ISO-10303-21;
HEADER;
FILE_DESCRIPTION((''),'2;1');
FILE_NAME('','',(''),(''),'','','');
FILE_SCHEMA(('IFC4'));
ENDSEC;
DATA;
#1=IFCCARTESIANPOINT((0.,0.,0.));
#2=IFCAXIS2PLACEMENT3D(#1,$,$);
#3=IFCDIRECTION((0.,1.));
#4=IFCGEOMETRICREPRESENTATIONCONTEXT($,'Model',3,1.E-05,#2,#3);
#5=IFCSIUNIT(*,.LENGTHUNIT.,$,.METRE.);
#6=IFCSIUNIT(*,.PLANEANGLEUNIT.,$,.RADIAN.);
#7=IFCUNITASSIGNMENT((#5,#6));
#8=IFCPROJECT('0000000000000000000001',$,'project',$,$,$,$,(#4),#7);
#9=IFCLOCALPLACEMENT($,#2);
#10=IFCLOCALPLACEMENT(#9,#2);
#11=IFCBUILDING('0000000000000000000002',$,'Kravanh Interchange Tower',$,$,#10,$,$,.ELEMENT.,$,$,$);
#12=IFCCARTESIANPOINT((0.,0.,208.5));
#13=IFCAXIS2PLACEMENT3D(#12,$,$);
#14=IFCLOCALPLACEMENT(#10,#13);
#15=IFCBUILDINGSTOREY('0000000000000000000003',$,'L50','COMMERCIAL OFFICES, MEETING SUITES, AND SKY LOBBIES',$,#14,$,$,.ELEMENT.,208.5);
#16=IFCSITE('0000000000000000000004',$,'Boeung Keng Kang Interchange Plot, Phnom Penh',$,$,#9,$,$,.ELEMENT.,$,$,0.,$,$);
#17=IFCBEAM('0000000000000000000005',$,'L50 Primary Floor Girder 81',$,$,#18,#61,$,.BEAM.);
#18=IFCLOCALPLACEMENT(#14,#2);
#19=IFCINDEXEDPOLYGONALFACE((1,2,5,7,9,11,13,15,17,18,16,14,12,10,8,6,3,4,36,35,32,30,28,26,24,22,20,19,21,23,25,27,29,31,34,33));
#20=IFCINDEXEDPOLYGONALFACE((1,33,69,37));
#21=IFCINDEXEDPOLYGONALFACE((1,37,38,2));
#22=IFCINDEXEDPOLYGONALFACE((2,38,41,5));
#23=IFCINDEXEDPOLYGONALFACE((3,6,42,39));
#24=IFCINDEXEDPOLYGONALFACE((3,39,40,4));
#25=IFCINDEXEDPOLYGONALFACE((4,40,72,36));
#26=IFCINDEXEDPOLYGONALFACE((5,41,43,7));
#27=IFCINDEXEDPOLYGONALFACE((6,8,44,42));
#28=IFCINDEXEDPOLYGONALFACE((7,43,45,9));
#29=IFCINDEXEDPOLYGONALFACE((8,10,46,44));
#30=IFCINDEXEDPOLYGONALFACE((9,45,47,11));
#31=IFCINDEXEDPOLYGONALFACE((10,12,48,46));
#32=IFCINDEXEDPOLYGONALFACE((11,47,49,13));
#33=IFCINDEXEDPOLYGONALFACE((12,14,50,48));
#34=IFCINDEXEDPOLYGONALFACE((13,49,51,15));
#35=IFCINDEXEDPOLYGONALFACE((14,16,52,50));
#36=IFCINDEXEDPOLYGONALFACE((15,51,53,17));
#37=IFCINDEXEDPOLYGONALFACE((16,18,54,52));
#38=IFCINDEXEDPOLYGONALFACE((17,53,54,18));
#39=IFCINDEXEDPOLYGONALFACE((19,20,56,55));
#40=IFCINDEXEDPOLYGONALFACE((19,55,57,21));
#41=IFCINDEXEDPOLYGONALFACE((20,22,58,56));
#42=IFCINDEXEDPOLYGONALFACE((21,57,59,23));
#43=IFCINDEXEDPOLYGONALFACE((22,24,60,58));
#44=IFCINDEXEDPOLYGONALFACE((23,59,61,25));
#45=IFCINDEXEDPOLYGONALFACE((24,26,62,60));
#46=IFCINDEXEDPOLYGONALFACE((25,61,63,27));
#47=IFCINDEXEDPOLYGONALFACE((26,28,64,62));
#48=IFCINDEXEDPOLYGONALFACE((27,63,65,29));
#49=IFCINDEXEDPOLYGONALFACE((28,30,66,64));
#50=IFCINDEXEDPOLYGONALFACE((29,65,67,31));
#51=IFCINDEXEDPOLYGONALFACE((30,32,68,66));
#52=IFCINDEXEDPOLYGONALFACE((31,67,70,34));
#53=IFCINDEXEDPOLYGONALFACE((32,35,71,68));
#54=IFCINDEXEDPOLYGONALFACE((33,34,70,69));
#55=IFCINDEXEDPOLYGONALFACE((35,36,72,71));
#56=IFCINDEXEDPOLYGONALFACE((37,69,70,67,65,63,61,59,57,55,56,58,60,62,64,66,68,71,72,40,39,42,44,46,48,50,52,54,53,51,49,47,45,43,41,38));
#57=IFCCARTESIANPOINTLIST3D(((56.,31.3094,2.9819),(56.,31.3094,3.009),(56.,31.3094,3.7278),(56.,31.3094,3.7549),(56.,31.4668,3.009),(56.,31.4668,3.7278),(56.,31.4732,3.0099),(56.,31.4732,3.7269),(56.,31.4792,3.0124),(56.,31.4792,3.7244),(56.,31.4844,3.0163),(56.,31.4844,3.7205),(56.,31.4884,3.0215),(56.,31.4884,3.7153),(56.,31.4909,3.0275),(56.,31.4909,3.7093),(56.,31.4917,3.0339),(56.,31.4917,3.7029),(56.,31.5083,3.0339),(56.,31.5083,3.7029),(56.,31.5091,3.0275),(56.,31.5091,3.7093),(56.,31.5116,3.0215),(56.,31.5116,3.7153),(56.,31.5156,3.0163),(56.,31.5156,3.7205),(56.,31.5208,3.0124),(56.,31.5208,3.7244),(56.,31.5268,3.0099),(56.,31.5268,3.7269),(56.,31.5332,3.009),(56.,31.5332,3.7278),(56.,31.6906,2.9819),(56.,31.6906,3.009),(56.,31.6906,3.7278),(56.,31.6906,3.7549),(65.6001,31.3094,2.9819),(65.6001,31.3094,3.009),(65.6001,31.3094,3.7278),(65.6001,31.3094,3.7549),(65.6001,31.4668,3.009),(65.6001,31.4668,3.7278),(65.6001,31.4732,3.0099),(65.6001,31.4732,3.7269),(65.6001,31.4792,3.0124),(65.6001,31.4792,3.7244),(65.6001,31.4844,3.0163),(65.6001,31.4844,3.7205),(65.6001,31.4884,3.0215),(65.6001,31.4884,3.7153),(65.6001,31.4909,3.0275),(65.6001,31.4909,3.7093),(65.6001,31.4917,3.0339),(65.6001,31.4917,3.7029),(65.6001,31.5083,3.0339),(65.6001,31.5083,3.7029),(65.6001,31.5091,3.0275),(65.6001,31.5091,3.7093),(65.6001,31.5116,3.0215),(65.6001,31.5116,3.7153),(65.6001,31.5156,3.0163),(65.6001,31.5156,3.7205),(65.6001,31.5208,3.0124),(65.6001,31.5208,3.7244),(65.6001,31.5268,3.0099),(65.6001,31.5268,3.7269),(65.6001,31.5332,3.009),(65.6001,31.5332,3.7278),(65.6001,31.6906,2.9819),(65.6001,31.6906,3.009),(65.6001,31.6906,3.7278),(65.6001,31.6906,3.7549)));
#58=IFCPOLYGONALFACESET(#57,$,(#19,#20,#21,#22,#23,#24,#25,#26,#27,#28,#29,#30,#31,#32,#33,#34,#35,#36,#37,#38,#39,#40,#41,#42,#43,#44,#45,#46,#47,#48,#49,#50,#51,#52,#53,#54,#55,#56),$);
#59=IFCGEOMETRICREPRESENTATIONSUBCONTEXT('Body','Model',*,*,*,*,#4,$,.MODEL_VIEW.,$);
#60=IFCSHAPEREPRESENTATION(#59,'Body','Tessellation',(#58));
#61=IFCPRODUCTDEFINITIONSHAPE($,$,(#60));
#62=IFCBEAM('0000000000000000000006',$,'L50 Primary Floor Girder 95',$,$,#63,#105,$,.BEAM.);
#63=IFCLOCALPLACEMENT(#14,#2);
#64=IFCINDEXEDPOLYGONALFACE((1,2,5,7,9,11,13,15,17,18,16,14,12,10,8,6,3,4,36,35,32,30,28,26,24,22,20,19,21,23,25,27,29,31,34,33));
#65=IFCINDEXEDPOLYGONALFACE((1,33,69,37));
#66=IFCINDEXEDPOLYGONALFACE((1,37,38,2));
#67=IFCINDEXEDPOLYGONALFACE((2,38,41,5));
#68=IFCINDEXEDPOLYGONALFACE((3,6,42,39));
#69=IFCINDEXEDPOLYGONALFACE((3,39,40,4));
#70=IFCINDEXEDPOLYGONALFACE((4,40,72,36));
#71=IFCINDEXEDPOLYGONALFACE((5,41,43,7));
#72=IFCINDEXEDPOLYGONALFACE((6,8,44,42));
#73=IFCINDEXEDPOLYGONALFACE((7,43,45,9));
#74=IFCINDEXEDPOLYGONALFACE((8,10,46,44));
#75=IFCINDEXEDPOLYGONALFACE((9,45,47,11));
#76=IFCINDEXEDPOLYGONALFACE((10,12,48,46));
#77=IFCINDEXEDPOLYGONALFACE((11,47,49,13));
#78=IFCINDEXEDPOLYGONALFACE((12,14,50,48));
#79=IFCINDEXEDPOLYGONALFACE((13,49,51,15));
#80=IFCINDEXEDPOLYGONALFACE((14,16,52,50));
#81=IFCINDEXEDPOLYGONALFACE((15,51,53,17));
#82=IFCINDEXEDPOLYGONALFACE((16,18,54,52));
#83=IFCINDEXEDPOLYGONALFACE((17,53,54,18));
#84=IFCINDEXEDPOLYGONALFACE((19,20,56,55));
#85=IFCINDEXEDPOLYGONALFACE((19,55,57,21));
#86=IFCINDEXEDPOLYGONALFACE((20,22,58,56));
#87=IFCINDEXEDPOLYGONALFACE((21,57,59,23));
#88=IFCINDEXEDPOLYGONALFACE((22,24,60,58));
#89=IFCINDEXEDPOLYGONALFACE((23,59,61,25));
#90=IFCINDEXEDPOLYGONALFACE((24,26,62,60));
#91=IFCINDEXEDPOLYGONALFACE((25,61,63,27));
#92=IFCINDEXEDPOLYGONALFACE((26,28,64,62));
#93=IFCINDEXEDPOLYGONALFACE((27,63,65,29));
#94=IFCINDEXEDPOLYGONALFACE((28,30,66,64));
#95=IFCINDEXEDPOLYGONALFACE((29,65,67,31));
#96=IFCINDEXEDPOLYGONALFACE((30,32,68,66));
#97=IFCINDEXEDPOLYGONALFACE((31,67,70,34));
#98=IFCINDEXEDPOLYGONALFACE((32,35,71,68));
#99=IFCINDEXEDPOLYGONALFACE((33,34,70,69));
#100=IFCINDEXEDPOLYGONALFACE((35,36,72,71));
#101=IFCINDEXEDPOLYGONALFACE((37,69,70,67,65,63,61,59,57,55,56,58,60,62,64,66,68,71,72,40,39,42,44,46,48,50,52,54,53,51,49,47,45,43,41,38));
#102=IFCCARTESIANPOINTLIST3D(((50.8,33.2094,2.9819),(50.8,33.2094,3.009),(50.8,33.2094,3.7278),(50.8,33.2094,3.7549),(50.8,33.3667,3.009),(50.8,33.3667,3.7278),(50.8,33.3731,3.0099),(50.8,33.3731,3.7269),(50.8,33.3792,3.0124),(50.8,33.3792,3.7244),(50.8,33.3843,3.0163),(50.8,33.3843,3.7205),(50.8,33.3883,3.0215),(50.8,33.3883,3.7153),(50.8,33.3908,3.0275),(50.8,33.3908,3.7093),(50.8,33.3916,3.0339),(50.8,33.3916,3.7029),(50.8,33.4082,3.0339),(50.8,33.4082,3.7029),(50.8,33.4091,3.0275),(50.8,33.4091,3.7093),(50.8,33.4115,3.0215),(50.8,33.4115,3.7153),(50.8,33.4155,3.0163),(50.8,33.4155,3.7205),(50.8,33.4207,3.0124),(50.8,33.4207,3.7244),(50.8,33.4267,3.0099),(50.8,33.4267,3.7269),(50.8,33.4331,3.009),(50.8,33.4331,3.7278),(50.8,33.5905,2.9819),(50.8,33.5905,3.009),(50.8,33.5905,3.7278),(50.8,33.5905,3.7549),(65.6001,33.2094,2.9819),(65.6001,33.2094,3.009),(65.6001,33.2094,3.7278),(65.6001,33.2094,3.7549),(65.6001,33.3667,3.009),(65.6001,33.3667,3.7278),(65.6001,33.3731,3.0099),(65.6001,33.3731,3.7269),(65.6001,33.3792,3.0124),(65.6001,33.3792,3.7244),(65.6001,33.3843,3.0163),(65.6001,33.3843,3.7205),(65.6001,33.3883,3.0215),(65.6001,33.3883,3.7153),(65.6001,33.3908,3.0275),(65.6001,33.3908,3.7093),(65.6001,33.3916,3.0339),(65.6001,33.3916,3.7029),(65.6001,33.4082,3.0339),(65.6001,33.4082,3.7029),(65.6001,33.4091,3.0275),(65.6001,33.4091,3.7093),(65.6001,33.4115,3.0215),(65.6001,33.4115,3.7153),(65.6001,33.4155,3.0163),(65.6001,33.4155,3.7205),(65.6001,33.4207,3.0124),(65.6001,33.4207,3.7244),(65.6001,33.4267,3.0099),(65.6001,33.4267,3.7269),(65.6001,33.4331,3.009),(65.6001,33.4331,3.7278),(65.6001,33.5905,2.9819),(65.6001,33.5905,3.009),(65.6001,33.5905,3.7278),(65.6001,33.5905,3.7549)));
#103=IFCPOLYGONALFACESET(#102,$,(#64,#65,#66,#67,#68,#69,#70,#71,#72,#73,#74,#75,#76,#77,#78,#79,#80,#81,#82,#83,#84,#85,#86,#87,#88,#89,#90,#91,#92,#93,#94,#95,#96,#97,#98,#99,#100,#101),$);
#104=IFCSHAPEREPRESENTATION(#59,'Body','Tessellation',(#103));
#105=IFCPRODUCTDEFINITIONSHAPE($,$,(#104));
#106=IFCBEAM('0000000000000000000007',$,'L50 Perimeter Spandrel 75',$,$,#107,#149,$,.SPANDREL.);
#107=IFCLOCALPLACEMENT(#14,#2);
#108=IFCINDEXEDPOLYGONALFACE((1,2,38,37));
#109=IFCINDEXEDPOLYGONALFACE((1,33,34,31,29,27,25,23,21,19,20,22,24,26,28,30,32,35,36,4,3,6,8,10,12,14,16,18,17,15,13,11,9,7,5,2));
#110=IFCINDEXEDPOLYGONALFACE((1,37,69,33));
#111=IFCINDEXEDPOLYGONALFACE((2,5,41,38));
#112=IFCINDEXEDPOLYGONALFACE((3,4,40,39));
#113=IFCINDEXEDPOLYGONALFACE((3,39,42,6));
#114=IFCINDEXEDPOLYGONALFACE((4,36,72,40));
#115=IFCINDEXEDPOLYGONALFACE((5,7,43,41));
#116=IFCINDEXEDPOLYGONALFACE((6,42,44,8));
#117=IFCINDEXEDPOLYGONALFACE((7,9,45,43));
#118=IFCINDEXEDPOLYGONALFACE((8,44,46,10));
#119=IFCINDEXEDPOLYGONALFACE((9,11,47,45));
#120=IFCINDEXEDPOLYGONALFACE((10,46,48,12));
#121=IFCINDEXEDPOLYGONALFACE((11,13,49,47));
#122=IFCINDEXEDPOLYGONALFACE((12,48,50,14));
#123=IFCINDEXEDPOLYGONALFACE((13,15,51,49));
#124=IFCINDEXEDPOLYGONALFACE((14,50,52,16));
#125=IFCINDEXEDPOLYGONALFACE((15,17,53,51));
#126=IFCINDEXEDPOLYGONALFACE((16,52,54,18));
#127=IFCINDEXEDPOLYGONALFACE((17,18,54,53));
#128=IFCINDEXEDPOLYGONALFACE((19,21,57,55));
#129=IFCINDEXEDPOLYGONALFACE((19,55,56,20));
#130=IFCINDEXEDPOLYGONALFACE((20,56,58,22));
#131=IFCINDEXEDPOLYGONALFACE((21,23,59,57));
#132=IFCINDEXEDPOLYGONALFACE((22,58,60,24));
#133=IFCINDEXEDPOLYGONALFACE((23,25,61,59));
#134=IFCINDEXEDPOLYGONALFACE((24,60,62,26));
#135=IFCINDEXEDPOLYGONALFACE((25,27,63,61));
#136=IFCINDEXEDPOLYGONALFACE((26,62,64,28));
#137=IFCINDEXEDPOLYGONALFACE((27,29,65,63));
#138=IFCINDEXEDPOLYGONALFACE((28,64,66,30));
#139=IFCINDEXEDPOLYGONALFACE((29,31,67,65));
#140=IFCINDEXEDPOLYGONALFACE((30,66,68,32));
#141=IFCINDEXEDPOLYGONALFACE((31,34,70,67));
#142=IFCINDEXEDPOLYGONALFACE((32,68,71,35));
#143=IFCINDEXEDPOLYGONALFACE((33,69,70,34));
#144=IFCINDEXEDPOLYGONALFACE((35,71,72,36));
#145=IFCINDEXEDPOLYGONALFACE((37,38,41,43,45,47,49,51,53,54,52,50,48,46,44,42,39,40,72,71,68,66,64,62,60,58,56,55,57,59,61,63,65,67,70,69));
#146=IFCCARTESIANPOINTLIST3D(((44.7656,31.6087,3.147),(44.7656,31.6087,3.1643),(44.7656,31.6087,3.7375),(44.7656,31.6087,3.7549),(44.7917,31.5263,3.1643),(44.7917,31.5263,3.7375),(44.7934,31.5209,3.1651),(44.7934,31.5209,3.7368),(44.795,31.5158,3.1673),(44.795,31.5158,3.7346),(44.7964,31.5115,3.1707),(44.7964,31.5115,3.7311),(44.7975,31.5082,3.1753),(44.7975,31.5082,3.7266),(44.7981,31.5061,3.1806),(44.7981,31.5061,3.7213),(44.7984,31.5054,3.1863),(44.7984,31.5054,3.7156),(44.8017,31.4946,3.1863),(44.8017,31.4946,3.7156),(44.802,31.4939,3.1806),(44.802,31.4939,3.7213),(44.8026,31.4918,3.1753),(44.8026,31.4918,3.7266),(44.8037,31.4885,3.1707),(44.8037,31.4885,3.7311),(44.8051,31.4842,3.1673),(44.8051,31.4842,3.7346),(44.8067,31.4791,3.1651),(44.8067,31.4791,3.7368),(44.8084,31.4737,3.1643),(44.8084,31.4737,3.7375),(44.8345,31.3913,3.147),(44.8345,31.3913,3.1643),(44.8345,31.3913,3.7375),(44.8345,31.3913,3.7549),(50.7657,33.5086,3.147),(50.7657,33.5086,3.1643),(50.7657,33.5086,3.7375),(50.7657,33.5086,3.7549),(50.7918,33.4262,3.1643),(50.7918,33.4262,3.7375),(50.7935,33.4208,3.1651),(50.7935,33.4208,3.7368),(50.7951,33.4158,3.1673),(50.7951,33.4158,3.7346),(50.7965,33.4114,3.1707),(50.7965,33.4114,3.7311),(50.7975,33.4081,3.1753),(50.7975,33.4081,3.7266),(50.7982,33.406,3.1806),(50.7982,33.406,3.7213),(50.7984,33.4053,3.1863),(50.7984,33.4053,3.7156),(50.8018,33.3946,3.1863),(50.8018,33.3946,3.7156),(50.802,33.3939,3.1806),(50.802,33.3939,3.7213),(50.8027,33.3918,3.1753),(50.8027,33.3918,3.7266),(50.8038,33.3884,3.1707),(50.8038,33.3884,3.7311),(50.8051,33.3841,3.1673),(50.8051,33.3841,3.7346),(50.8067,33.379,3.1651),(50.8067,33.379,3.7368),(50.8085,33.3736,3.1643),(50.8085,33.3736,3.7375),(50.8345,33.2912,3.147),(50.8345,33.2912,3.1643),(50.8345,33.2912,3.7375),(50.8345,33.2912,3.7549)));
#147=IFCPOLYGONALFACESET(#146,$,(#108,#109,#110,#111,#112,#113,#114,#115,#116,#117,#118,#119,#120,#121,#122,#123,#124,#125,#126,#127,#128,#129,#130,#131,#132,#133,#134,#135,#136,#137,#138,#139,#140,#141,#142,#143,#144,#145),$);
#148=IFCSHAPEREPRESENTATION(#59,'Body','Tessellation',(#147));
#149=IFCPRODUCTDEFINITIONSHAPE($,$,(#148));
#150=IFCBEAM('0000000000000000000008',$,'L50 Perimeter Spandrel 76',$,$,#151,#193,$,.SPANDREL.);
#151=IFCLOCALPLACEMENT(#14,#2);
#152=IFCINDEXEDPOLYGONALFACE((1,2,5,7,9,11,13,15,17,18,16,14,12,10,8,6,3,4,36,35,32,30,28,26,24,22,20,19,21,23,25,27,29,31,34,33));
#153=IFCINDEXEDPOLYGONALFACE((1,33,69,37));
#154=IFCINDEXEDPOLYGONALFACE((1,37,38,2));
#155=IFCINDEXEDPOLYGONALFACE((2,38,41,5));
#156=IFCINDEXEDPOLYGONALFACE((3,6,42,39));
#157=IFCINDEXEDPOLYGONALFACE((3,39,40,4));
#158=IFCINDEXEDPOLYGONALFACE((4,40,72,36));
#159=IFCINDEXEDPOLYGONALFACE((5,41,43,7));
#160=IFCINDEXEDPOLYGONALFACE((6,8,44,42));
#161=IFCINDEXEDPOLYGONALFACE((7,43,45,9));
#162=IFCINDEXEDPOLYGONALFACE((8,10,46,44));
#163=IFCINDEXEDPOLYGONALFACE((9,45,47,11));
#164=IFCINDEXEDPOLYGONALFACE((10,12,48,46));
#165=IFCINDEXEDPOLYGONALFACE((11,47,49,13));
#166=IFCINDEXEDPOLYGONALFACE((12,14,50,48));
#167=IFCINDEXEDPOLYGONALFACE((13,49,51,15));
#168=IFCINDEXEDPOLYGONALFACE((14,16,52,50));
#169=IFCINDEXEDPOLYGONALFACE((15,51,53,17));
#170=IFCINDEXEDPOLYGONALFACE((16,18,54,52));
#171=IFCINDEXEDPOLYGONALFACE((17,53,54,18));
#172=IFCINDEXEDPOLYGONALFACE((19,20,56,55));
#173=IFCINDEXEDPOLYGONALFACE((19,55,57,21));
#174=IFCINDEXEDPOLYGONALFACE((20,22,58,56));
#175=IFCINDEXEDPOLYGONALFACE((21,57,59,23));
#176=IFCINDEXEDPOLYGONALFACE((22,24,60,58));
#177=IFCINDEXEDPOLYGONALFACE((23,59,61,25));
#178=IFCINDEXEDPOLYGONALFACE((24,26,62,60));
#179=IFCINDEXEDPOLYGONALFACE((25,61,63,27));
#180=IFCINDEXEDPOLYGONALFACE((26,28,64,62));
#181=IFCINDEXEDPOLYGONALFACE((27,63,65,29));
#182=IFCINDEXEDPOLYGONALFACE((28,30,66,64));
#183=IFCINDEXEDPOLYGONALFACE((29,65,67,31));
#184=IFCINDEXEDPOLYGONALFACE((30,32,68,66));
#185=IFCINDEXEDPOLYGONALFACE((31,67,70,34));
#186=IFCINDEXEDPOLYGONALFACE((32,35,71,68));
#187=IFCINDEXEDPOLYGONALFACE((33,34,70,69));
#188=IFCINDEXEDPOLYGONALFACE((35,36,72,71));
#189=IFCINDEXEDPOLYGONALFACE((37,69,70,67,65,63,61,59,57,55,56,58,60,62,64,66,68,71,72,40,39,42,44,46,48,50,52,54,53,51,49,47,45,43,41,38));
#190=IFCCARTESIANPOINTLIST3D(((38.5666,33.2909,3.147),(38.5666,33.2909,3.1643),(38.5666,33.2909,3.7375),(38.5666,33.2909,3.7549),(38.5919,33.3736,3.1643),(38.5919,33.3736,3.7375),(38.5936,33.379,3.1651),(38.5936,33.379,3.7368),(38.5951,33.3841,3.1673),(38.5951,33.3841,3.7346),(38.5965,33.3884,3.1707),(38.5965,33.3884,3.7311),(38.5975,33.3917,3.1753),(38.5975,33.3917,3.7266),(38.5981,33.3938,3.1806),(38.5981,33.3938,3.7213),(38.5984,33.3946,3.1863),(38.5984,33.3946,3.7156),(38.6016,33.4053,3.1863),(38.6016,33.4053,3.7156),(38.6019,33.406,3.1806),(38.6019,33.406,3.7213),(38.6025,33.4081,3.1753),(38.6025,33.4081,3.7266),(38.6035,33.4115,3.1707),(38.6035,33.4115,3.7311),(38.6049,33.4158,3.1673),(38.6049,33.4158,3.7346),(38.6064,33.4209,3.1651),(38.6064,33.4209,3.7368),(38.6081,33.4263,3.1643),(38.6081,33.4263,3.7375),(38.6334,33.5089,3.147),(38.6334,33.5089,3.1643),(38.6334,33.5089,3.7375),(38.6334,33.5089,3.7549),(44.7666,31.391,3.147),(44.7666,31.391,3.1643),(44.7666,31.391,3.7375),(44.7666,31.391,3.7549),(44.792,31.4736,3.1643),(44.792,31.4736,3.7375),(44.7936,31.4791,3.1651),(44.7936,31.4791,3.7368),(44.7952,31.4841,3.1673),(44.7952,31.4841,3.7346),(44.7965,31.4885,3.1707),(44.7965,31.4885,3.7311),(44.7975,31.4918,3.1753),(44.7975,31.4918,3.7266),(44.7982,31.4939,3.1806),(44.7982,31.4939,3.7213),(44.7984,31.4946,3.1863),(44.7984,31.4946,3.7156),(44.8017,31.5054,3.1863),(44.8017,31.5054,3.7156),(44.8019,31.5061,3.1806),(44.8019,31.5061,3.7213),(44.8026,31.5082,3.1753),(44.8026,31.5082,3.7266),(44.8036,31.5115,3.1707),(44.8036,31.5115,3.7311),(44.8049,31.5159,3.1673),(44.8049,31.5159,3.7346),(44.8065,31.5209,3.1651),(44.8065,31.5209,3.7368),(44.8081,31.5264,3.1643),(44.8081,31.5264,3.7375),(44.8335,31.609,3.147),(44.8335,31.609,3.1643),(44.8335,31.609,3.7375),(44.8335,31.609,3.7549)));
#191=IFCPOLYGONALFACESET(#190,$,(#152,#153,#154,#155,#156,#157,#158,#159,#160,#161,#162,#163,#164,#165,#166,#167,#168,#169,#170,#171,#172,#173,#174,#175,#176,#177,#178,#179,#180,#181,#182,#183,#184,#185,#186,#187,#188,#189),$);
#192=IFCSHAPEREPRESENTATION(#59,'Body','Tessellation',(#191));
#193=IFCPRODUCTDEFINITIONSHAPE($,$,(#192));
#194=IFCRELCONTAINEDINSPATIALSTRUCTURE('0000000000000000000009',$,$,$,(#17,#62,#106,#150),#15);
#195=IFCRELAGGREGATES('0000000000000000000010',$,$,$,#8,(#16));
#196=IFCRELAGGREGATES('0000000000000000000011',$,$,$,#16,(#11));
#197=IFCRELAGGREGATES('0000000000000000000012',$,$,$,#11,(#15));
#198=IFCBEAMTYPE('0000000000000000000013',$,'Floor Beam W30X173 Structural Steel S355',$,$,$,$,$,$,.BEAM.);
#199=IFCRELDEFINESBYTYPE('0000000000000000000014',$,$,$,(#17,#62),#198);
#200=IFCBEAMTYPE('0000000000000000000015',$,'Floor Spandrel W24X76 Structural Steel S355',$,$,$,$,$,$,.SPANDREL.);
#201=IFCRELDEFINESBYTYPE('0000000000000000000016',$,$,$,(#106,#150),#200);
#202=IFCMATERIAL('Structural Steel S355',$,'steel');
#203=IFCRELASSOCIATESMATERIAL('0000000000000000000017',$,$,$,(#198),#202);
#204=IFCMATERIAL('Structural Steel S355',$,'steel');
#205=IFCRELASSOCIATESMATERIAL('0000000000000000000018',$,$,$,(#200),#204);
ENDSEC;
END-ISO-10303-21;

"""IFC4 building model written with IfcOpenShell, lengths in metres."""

from ifc_helpers import new_model, si_unit, direction, frame, origin, origin_2d, place, context, subcontext, project, spatial, i_section, extrude, material, material_profile, profile_set, type_object, element, save


model = new_model("IFC4")

# Units and contexts
model_context = context("Model", 3, precision=1e-05, world=origin(), true_north=direction((0.0, 1.0)))
body_context = subcontext(model_context, "Body", "Model", "MODEL_VIEW")
ifc_project = project(units=[si_unit("LENGTHUNIT", "METRE"), si_unit("PLANEANGLEUNIT", "RADIAN")], contexts=[model_context])

# Site, building, storey
site_placement = place(None, origin())
site = spatial("IfcSite", under=ifc_project, at=site_placement, Name="Boeung Keng Kang Interchange Plot, Phnom Penh", CompositionType="ELEMENT", RefElevation=0.0)
building_placement = place(site_placement, origin())
building = spatial("IfcBuilding", under=site, at=building_placement, Name="Kravanh Interchange Tower", CompositionType="ELEMENT")
storey_placement = place(building_placement, frame((0.0, 0.0, 208.5)))
storey = spatial("IfcBuildingStorey", under=building, at=storey_placement, Name="L50", Description="COMMERCIAL OFFICES, MEETING SUITES, AND SKY LOBBIES", CompositionType="ELEMENT", Elevation=208.5)

# Beams
ifc_material_1 = material(Name="Structural Steel S355", Category="steel")
ifc_material_profile_1 = material_profile(ifc_material_1, i_section(OverallWidth=0.3811, OverallDepth=0.7729, WebThickness=0.0166, FlangeThickness=0.0271, FilletRadius=0.0249, at=origin_2d()), Name="W30X173")
ifc_profile_set_1 = profile_set([ifc_material_profile_1], Name="Structural Steel S355")
beam_type_1 = type_object("IfcBeamType", Name="Floor Beam W30X173 Structural Steel S355", PredefinedType="BEAM", material=ifc_profile_set_1)
beam_1_placement = place(storey_placement, frame((56.0, 31.5, 3.3684), z_axis=(1.0, 0.0, 0.0), x_axis=(0.0, 1.0, 0.0)))
element("IfcBeam", 1, at=beam_1_placement, inside=storey, type_object=beam_type_1, Name="L50 Primary Floor Girder 81", PredefinedType="BEAM", context=body_context, shape_type="SweptSolid", body=[
    extrude(i_section(OverallWidth=0.3811, OverallDepth=0.7729, WebThickness=0.0166, FlangeThickness=0.0271, FilletRadius=0.0249, at=origin_2d()), origin(), (0.0, 0.0, 1.0), 9.6001),
])
beam_2_placement = place(storey_placement, frame((50.8, 33.3999, 3.3684), z_axis=(1.0, 0.0, 0.0), x_axis=(0.0, 1.0, 0.0)))
element("IfcBeam", 2, at=beam_2_placement, inside=storey, type_object=beam_type_1, Name="L50 Primary Floor Girder 95", PredefinedType="BEAM", context=body_context, shape_type="SweptSolid", body=[
    extrude(i_section(OverallWidth=0.3811, OverallDepth=0.7729, WebThickness=0.0166, FlangeThickness=0.0271, FilletRadius=0.0249, at=origin_2d()), origin(), (0.0, 0.0, 1.0), 14.8),
])
ifc_material_2 = material(Name="Structural Steel S355", Category="steel")
ifc_material_profile_2 = material_profile(ifc_material_2, i_section(OverallWidth=0.228, OverallDepth=0.6079, WebThickness=0.0112, FlangeThickness=0.0173, FilletRadius=0.022, at=origin_2d()), Name="W24X76")
ifc_profile_set_2 = profile_set([ifc_material_profile_2], Name="Structural Steel S355")
beam_type_2 = type_object("IfcBeamType", Name="Floor Spandrel W24X76 Structural Steel S355", PredefinedType="SPANDREL", material=ifc_profile_set_2)
beam_3_placement = place(storey_placement, frame((44.8, 31.5, 3.4509), z_axis=(0.953347, 0.301878, 0.0), x_axis=(-0.301878, 0.953347, 0.0)))
element("IfcBeam", 3, at=beam_3_placement, inside=storey, type_object=beam_type_2, Name="L50 Perimeter Spandrel 75", PredefinedType="SPANDREL", context=body_context, shape_type="SweptSolid", body=[
    extrude(i_section(OverallWidth=0.228, OverallDepth=0.6079, WebThickness=0.0112, FlangeThickness=0.0173, FilletRadius=0.022, at=origin_2d()), origin(), (0.0, 0.0, 1.0), 6.2937),
])
beam_4_placement = place(storey_placement, frame((44.8, 31.5, 3.4509), z_axis=(-0.956115, 0.29299, 0.0), x_axis=(-0.29299, -0.956115, 0.0)))
element("IfcBeam", 4, at=beam_4_placement, inside=storey, type_object=beam_type_2, Name="L50 Perimeter Spandrel 76", PredefinedType="SPANDREL", context=body_context, shape_type="SweptSolid", body=[
    extrude(i_section(OverallWidth=0.228, OverallDepth=0.6079, WebThickness=0.0112, FlangeThickness=0.0173, FilletRadius=0.022, at=origin_2d()), origin(), (0.0, 0.0, 1.0), 6.4846),
])

save(model, "model.ifc")
